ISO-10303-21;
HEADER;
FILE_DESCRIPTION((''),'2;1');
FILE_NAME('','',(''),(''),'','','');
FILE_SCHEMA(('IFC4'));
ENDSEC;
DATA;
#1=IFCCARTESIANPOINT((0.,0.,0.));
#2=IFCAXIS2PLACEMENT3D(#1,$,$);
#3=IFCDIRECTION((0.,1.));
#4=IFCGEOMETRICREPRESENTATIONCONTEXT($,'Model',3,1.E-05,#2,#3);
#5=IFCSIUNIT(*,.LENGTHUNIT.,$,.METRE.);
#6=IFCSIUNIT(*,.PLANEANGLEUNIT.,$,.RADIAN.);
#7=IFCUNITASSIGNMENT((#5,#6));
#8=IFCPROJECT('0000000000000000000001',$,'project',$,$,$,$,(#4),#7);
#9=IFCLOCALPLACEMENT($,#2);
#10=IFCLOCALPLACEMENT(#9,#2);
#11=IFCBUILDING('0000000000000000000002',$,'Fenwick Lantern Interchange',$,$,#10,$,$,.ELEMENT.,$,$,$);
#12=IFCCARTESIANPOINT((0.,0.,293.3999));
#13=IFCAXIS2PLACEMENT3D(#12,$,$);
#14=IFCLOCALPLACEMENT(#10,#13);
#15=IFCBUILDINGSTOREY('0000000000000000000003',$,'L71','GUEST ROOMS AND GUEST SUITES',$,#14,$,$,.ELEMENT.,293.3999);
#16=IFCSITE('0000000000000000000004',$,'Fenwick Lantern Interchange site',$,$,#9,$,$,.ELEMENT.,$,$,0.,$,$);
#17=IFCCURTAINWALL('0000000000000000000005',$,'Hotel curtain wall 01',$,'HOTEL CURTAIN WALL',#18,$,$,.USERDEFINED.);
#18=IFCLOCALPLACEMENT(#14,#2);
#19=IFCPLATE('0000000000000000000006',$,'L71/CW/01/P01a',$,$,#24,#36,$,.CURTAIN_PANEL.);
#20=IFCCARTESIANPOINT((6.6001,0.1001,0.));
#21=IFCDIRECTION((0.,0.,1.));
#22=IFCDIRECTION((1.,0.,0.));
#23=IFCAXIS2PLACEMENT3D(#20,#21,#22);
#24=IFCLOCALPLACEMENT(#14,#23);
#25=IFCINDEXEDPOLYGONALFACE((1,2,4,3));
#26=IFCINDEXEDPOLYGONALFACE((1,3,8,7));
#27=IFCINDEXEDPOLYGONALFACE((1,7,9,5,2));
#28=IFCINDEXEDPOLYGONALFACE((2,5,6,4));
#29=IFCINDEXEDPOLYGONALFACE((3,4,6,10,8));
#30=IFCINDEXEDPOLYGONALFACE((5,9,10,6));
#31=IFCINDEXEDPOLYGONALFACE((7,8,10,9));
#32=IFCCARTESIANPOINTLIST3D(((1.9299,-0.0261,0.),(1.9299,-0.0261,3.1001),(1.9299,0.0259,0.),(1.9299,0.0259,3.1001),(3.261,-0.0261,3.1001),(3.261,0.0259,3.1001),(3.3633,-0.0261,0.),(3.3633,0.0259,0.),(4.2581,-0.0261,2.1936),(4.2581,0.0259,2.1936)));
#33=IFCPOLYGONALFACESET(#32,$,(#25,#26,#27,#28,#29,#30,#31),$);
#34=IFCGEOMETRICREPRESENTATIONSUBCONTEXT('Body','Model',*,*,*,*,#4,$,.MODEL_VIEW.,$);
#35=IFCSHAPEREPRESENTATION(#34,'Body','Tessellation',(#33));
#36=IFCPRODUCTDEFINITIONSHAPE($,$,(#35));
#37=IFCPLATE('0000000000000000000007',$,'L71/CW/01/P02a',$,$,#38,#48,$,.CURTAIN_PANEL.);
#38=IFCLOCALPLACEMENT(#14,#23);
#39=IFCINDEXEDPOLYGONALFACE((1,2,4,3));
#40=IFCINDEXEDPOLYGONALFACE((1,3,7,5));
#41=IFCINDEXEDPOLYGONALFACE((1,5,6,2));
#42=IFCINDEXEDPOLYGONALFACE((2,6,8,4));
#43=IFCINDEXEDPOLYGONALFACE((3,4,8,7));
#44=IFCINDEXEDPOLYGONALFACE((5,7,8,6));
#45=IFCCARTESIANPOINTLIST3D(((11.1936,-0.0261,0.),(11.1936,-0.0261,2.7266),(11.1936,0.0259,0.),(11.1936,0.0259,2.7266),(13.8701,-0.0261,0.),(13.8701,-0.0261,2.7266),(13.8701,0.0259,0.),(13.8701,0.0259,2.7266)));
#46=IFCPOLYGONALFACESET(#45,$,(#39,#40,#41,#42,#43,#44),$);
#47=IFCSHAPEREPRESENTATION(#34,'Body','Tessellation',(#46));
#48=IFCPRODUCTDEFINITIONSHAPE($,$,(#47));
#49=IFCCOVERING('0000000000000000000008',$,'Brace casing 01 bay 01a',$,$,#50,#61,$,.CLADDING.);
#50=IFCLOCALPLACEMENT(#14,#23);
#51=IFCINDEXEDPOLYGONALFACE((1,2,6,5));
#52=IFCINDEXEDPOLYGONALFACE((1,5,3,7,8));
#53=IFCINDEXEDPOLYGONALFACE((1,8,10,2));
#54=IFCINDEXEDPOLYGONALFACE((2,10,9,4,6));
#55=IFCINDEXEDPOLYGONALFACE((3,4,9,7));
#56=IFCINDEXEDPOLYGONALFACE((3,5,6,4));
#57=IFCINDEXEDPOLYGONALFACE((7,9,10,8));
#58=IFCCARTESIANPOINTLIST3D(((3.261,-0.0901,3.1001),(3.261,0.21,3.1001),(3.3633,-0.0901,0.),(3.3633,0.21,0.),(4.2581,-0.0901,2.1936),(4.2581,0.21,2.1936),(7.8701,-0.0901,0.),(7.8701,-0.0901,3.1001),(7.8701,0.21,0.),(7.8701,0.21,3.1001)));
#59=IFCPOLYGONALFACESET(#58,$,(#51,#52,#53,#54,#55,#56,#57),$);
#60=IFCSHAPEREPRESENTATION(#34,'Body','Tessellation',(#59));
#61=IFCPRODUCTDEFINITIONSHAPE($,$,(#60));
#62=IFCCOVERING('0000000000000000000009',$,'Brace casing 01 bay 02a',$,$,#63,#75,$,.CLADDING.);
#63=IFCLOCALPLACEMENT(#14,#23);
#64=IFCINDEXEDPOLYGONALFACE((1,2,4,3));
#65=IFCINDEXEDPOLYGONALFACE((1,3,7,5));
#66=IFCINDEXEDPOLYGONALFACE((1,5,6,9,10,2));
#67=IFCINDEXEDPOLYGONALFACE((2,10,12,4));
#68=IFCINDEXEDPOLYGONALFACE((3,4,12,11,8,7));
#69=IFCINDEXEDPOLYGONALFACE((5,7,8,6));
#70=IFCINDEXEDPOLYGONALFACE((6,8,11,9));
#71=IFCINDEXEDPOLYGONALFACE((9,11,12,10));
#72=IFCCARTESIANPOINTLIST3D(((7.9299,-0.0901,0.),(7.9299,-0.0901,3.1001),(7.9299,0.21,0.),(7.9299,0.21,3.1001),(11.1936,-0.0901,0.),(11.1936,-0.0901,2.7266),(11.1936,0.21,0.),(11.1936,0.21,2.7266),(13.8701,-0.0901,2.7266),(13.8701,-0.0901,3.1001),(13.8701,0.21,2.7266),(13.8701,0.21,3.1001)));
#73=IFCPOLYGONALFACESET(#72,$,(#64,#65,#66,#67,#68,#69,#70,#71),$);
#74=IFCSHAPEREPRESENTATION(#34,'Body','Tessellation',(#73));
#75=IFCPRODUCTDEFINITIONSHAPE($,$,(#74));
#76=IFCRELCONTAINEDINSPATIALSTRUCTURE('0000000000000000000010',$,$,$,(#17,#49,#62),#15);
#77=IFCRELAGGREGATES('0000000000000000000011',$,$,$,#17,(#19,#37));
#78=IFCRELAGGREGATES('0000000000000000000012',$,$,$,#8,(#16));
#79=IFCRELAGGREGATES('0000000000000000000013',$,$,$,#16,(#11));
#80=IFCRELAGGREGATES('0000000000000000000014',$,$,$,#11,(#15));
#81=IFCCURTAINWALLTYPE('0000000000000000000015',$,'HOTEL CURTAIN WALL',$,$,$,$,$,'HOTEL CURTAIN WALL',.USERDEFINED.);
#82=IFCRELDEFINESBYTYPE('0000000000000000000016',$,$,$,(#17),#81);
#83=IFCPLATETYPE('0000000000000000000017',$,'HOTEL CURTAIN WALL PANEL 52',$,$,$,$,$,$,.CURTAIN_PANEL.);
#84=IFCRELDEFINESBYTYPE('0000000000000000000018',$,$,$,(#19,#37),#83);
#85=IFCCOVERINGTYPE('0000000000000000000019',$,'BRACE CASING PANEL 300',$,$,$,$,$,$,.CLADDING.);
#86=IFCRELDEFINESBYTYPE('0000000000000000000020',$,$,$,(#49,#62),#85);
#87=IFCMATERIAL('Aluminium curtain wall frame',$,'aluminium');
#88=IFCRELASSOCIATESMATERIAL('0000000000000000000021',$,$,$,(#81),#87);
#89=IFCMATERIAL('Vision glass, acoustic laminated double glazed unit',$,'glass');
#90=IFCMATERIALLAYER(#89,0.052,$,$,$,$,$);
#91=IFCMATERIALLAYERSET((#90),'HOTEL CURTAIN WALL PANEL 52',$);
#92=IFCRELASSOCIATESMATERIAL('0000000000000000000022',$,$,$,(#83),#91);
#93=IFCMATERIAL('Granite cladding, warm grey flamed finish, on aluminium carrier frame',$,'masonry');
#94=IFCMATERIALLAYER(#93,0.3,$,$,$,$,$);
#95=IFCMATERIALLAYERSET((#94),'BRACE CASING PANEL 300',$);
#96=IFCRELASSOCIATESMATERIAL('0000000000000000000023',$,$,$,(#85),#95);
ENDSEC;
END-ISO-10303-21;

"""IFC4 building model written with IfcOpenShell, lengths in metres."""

from ifc_helpers import new_model, si_unit, direction, frame, origin, place, context, subcontext, project, spatial, polyline, outline, extrude, material, layer, layer_set, type_object, element, aggregate, save


model = new_model("IFC4")

# Units and contexts
model_context = context("Model", 3, precision=1e-05, world=origin(), true_north=direction((0.0, 1.0)))
body_context = subcontext(model_context, "Body", "Model", "MODEL_VIEW")
ifc_project = project(units=[si_unit("LENGTHUNIT", "METRE"), si_unit("PLANEANGLEUNIT", "RADIAN")], contexts=[model_context])

# Site, building, storey
site_placement = place(None, origin())
site = spatial("IfcSite", under=ifc_project, at=site_placement, Name="Fenwick Lantern Interchange site", CompositionType="ELEMENT", RefElevation=0.0)
building_placement = place(site_placement, origin())
building = spatial("IfcBuilding", under=site, at=building_placement, Name="Fenwick Lantern Interchange", CompositionType="ELEMENT")
storey_placement = place(building_placement, frame((0.0, 0.0, 293.3999)))
storey = spatial("IfcBuildingStorey", under=building, at=storey_placement, Name="L71", Description="GUEST ROOMS AND GUEST SUITES", CompositionType="ELEMENT", Elevation=293.3999)

# Curtain wall, plates
ifc_material_1 = material(Name="Aluminium curtain wall frame", Category="aluminium")
curtain_wall_type = type_object("IfcCurtainWallType", Name="HOTEL CURTAIN WALL", ElementType="HOTEL CURTAIN WALL", PredefinedType="USERDEFINED", material=ifc_material_1)
curtain_wall_placement = place(storey_placement, origin())
curtain_wall = element("IfcCurtainWall", 1, at=curtain_wall_placement, inside=storey, type_object=curtain_wall_type, Name="Hotel curtain wall 01", ObjectType="HOTEL CURTAIN WALL", PredefinedType="USERDEFINED")
ifc_material_2 = material(Name="Vision glass, acoustic laminated double glazed unit", Category="glass")
ifc_layer_1 = layer(ifc_material_2, 0.052)
ifc_layer_set_1 = layer_set([ifc_layer_1], Name="HOTEL CURTAIN WALL PANEL 52")
plate_type = type_object("IfcPlateType", Name="HOTEL CURTAIN WALL PANEL 52", PredefinedType="CURTAIN_PANEL", material=ifc_layer_set_1)
plate_1_placement = place(storey_placement, frame((6.6001, 0.1001, 0.0), z_axis=(0.0, 0.0, 1.0), x_axis=(1.0, 0.0, 0.0)))
plate_1 = element("IfcPlate", 2, at=plate_1_placement, type_object=plate_type, Name="L71/CW/01/P01a", PredefinedType="CURTAIN_PANEL", context=body_context, shape_type="SweptSolid", body=[
    extrude(outline(polyline([(1.9299, 0.0), (3.3633, 0.0), (4.2581, 2.1936), (3.261, 3.1001), (1.9299, 3.1001), (1.9299, 0.0)])), frame((0.0, 0.0259, 0.0), z_axis=(0.0, -1.0, 0.0), x_axis=(1.0, 0.0, 0.0)), (0.0, 0.0, 1.0), 0.052),
])
plate_2_placement = place(storey_placement, frame((6.6001, 0.1001, 0.0), z_axis=(0.0, 0.0, 1.0), x_axis=(1.0, 0.0, 0.0)))
plate_2 = element("IfcPlate", 3, at=plate_2_placement, type_object=plate_type, Name="L71/CW/01/P02a", PredefinedType="CURTAIN_PANEL", context=body_context, shape_type="SweptSolid", body=[
    extrude(outline(polyline([(11.1936, 0.0), (13.8701, 0.0), (13.8701, 2.7266), (11.1936, 2.7266), (11.1936, 0.0)])), frame((0.0, 0.0259, 0.0), z_axis=(0.0, -1.0, 0.0), x_axis=(1.0, 0.0, 0.0)), (0.0, 0.0, 1.0), 0.052),
])
aggregate(curtain_wall, [plate_1, plate_2])

# Coverings
ifc_material_3 = material(Name="Granite cladding, warm grey flamed finish, on aluminium carrier frame", Category="masonry")
ifc_layer_2 = layer(ifc_material_3, 0.3)
ifc_layer_set_2 = layer_set([ifc_layer_2], Name="BRACE CASING PANEL 300")
covering_type_1 = type_object("IfcCoveringType", Name="BRACE CASING PANEL 300", PredefinedType="CLADDING", material=ifc_layer_set_2)
covering_1_placement = place(storey_placement, frame((6.6001, 0.1001, 0.0), z_axis=(0.0, 0.0, 1.0), x_axis=(1.0, 0.0, 0.0)))
element("IfcCovering", 4, at=covering_1_placement, inside=storey, type_object=covering_type_1, Name="Brace casing 01 bay 01a", PredefinedType="CLADDING", context=body_context, shape_type="SweptSolid", body=[
    extrude(outline(polyline([(3.3633, 0.0), (7.8701, 0.0), (7.8701, 3.1001), (3.261, 3.1001), (4.2581, 2.1936), (3.3633, 0.0)])), frame((0.0, 0.21, 0.0), z_axis=(0.0, -1.0, 0.0), x_axis=(1.0, 0.0, 0.0)), (0.0, 0.0, 1.0), 0.3),
])
covering_2_placement = place(storey_placement, frame((6.6001, 0.1001, 0.0), z_axis=(0.0, 0.0, 1.0), x_axis=(1.0, 0.0, 0.0)))
element("IfcCovering", 5, at=covering_2_placement, inside=storey, type_object=covering_type_1, Name="Brace casing 01 bay 02a", PredefinedType="CLADDING", context=body_context, shape_type="SweptSolid", body=[
    extrude(outline(polyline([(7.9299, 0.0), (11.1936, 0.0), (11.1936, 2.7266), (13.8701, 2.7266), (13.8701, 3.1001), (7.9299, 3.1001), (7.9299, 0.0)])), frame((0.0, 0.21, 0.0), z_axis=(0.0, -1.0, 0.0), x_axis=(1.0, 0.0, 0.0)), (0.0, 0.0, 1.0), 0.3),
])

save(model, "model.ifc")
